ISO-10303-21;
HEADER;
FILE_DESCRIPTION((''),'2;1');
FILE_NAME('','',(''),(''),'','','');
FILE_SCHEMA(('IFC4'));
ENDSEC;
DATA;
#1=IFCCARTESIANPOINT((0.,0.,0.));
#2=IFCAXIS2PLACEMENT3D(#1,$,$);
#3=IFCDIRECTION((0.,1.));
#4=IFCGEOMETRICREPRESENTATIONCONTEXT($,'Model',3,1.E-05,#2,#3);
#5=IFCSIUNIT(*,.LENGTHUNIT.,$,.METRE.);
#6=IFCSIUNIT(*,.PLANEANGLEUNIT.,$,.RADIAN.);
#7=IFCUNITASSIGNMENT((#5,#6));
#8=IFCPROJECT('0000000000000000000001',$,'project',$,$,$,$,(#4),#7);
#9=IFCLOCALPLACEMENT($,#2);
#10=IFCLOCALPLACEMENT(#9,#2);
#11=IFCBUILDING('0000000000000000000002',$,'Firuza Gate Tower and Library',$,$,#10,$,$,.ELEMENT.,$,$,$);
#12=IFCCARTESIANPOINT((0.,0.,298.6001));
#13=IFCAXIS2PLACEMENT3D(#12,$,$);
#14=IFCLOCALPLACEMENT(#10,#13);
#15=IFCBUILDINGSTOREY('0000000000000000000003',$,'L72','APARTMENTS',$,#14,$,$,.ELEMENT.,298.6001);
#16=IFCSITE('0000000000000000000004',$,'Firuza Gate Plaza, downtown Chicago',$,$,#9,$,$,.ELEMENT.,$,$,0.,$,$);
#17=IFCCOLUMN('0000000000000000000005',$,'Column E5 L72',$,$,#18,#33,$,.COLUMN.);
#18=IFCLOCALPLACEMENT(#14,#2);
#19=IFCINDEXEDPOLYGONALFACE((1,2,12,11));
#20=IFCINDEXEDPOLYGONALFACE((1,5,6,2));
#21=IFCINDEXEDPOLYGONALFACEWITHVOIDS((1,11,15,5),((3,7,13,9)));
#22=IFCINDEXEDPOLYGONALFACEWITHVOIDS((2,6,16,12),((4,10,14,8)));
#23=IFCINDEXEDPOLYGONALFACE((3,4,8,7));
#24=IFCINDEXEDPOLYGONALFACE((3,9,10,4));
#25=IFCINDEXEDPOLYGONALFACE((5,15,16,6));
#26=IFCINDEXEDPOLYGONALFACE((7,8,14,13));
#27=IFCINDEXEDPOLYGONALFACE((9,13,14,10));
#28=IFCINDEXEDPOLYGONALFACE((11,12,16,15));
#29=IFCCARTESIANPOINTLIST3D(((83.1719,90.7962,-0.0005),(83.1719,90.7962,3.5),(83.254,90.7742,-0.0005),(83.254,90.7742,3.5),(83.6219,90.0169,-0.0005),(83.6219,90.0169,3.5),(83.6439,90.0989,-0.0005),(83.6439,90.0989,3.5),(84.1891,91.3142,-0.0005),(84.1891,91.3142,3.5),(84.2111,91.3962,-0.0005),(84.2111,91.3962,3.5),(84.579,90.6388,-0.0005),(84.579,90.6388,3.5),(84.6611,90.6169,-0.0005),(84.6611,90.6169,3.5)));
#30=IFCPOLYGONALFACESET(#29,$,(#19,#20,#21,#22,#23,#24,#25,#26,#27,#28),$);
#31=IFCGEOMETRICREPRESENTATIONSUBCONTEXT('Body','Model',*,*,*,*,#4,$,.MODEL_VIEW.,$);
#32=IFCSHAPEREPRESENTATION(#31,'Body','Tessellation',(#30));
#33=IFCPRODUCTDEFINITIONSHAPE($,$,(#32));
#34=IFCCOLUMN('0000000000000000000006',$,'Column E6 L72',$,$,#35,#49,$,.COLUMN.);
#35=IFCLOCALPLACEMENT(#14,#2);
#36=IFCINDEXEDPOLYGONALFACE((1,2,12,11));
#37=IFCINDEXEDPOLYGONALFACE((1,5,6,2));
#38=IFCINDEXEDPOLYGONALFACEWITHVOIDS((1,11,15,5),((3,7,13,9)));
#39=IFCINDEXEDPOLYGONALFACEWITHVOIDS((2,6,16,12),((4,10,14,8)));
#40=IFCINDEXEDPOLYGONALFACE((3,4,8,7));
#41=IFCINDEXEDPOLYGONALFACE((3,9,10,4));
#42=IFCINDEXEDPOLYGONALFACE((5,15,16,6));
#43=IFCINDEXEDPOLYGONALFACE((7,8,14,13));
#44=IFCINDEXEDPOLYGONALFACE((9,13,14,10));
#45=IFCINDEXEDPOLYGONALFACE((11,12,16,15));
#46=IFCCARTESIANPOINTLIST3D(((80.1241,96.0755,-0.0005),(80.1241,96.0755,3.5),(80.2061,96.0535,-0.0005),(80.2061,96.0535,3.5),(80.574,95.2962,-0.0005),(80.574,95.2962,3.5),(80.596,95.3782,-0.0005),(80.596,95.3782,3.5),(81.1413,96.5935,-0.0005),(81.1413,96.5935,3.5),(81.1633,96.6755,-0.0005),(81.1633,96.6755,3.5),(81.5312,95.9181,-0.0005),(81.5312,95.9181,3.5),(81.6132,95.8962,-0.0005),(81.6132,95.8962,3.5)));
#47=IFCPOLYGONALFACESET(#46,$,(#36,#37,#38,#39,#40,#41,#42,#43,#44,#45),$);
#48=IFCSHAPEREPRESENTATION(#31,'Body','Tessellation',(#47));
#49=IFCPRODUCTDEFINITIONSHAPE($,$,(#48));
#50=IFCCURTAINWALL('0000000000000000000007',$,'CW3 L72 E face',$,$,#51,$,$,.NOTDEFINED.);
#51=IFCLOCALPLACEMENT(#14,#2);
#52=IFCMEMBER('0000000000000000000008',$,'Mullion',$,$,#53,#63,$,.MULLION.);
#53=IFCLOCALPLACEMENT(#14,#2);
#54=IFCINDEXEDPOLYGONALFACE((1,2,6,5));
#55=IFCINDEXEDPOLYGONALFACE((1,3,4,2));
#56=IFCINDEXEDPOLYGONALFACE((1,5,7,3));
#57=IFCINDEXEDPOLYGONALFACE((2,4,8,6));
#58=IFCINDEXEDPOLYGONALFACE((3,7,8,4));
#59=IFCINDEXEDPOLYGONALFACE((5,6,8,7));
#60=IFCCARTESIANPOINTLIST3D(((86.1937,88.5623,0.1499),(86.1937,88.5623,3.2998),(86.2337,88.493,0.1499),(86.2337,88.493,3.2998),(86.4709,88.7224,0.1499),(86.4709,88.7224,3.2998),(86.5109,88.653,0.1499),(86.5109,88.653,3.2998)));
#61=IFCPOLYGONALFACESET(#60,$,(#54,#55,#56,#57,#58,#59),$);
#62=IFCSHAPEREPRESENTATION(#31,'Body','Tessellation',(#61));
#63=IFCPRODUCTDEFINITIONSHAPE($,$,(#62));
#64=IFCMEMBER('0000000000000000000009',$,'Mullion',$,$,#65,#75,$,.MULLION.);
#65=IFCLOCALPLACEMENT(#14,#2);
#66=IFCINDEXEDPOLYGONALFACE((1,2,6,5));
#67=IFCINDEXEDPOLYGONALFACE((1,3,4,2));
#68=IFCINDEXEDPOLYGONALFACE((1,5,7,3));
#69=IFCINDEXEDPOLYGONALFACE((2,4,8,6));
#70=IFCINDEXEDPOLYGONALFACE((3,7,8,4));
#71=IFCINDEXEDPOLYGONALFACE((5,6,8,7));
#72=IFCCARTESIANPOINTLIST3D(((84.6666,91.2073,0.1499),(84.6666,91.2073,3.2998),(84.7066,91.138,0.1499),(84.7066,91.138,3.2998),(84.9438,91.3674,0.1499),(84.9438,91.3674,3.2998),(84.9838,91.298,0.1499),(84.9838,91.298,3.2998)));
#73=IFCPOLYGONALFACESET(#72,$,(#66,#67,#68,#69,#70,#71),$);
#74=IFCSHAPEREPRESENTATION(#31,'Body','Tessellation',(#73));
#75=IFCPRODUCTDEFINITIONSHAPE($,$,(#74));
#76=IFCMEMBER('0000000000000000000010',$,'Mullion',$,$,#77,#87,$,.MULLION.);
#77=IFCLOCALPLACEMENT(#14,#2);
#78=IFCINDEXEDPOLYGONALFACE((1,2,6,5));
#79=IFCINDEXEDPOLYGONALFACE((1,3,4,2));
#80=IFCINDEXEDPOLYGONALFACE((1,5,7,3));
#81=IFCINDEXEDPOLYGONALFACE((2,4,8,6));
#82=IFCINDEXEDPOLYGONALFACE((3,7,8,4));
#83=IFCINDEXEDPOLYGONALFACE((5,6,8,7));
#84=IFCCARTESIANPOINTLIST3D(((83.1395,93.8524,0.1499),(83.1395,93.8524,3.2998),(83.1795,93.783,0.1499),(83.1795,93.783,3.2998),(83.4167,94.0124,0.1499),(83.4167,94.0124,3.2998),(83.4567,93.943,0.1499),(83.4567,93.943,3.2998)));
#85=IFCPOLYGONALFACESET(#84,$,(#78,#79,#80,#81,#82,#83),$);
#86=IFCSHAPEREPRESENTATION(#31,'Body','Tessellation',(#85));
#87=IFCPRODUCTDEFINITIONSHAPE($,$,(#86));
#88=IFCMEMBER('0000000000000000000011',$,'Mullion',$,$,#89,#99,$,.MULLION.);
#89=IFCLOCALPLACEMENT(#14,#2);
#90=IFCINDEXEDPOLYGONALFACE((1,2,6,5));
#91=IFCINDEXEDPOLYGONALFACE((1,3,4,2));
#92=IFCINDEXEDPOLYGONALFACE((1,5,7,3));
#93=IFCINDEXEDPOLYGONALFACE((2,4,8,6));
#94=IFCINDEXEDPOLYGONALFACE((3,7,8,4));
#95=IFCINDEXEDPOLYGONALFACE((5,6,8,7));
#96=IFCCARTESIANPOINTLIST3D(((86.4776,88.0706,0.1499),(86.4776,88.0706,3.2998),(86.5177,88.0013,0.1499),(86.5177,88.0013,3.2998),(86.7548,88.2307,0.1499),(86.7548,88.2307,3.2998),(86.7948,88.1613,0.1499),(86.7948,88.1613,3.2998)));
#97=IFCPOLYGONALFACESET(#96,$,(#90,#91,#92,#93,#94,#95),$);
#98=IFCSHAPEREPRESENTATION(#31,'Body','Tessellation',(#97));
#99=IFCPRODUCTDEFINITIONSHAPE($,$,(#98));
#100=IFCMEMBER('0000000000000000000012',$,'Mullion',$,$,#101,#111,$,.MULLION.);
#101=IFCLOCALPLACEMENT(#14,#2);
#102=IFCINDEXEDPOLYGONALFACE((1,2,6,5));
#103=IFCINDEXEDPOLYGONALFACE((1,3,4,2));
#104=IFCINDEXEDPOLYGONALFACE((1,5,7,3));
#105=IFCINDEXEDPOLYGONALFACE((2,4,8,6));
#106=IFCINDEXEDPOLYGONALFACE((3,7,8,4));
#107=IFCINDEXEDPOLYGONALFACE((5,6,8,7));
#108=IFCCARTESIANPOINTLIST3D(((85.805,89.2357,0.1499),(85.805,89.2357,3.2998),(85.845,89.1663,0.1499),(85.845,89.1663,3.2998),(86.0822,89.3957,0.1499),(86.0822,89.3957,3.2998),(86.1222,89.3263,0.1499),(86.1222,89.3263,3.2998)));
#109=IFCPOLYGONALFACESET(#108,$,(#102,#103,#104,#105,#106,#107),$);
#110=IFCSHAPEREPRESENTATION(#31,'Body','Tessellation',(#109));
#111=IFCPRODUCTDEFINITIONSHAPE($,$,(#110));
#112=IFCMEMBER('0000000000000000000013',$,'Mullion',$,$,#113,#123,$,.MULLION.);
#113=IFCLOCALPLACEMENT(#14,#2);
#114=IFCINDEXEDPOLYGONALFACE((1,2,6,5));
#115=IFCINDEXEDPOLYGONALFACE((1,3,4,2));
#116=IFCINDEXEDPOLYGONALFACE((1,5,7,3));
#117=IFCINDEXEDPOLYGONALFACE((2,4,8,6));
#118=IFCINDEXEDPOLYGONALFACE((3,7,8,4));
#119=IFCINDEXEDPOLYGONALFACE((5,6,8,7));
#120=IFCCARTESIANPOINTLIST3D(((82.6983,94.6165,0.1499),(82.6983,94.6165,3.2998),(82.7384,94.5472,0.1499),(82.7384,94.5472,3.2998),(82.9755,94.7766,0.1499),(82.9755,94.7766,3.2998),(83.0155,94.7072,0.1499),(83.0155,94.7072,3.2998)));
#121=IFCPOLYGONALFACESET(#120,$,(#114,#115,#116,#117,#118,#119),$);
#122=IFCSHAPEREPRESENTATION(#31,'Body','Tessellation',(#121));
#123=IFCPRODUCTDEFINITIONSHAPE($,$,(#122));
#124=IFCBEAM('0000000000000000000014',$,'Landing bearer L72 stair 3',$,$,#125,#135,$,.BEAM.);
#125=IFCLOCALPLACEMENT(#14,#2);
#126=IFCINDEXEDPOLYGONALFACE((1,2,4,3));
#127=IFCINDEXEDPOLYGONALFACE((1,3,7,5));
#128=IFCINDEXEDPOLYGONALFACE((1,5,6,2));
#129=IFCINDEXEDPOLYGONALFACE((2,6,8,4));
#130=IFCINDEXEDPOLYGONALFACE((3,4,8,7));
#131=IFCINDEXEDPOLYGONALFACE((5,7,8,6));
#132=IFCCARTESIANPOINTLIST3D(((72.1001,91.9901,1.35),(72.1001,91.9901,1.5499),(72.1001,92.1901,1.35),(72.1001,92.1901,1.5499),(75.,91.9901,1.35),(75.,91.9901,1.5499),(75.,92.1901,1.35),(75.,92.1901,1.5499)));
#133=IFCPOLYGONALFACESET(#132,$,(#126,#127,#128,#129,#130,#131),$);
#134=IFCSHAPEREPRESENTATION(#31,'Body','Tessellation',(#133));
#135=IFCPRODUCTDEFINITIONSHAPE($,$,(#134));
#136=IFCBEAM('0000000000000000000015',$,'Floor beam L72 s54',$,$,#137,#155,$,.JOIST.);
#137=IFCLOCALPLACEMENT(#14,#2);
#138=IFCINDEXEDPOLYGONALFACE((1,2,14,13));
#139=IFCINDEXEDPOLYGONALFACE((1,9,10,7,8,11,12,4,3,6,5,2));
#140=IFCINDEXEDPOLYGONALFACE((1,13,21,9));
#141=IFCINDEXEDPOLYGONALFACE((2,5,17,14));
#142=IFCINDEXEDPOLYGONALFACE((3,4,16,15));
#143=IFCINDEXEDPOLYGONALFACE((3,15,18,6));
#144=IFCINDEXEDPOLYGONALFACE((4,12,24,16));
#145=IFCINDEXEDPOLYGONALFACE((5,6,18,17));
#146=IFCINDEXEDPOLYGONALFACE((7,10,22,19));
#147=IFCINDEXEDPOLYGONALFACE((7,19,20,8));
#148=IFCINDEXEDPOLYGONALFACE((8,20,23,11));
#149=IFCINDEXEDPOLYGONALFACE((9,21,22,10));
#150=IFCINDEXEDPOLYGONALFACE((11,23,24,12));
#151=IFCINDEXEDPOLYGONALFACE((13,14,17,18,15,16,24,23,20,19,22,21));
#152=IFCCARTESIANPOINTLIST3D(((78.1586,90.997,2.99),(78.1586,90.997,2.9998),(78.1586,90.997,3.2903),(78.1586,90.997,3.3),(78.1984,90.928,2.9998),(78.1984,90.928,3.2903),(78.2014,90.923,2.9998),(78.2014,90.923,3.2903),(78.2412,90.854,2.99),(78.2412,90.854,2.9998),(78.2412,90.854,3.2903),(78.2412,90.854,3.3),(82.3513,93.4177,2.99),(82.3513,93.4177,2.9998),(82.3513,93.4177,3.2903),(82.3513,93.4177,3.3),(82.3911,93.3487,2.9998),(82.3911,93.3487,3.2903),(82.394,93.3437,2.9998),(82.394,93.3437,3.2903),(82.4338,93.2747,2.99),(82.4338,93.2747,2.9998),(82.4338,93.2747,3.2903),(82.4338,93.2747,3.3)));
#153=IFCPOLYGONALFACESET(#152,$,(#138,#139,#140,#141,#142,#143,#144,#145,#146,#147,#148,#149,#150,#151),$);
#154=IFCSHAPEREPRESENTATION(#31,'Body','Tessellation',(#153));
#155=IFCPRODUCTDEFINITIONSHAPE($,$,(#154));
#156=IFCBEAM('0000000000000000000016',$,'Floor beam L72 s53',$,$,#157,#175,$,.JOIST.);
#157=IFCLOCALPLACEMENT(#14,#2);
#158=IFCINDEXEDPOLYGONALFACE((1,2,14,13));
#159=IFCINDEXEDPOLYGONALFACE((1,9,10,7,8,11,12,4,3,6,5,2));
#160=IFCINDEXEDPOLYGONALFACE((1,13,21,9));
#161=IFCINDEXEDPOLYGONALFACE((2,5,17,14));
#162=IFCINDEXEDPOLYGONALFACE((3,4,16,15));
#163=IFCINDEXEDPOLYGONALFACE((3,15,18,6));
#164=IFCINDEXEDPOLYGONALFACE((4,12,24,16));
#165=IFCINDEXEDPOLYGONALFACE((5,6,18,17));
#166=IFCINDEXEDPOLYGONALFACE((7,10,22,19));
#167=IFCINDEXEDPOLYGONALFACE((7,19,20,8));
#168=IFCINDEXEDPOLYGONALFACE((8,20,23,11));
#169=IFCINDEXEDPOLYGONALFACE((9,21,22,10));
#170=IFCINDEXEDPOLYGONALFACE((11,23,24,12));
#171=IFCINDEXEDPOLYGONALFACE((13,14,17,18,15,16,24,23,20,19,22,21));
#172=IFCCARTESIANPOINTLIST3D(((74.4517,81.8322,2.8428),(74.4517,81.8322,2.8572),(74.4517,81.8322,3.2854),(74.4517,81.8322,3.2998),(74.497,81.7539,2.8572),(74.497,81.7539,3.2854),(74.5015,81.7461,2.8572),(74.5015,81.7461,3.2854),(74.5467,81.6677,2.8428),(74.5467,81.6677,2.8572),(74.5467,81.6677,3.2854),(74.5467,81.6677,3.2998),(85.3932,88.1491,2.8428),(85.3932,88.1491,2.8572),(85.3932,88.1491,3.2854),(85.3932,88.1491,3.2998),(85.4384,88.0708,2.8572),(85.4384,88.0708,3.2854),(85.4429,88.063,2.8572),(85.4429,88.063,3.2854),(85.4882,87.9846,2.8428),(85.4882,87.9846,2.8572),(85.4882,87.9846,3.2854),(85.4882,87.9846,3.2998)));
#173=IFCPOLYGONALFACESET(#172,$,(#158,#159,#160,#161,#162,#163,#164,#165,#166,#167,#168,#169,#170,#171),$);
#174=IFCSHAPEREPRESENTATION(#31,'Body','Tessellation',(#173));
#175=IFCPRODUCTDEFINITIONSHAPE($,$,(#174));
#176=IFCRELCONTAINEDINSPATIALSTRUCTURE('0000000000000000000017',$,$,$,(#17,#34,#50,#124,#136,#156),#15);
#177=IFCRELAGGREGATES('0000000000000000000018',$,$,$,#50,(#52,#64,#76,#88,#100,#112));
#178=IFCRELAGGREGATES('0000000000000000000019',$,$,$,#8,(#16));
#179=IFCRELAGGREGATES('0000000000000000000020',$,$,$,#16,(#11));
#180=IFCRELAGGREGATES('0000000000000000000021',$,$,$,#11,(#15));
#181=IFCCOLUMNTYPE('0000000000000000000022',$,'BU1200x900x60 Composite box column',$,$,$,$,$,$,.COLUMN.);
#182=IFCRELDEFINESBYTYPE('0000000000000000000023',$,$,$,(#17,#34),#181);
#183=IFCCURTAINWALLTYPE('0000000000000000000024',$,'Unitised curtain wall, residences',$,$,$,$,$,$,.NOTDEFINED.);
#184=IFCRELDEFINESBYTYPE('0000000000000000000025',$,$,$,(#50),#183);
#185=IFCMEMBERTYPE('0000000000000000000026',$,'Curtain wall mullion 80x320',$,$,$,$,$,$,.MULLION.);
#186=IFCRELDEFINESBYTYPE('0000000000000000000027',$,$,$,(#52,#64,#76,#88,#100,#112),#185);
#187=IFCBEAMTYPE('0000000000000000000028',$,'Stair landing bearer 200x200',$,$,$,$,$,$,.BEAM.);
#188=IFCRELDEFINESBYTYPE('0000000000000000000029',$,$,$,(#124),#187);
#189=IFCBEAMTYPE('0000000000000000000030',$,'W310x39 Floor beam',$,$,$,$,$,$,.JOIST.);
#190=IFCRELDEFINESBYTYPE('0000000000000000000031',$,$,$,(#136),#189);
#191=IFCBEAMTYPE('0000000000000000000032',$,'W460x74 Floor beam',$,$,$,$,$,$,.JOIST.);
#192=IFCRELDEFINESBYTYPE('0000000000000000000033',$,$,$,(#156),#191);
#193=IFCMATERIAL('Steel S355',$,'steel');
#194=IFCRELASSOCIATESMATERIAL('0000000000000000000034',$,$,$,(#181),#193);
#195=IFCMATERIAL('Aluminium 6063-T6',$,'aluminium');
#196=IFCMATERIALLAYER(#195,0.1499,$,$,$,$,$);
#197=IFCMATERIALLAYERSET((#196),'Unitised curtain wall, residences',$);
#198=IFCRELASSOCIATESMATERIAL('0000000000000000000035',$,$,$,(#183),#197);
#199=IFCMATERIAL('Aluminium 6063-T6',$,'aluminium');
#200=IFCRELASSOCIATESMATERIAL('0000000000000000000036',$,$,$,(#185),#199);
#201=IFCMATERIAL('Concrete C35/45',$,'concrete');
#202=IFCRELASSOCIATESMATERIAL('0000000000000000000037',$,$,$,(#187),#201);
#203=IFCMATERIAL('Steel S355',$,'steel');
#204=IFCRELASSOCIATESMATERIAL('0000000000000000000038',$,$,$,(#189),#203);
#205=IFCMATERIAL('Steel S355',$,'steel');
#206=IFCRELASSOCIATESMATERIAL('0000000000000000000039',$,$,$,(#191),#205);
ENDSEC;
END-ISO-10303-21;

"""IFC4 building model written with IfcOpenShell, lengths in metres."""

from ifc_helpers import new_model, si_unit, direction, frame, origin, origin_2d, place, context, subcontext, project, spatial, rectangle, hollow_rectangle, i_section, extrude, material, layer, layer_set, material_profile, profile_set, type_object, element, aggregate, save


model = new_model("IFC4")

# Units and contexts
model_context = context("Model", 3, precision=1e-05, world=origin(), true_north=direction((0.0, 1.0)))
body_context = subcontext(model_context, "Body", "Model", "MODEL_VIEW")
ifc_project = project(units=[si_unit("LENGTHUNIT", "METRE"), si_unit("PLANEANGLEUNIT", "RADIAN")], contexts=[model_context])

# Site, building, storey
site_placement = place(None, origin())
site = spatial("IfcSite", under=ifc_project, at=site_placement, Name="Firuza Gate Plaza, downtown Chicago", CompositionType="ELEMENT", RefElevation=0.0)
building_placement = place(site_placement, origin())
building = spatial("IfcBuilding", under=site, at=building_placement, Name="Firuza Gate Tower and Library", CompositionType="ELEMENT")
storey_placement = place(building_placement, frame((0.0, 0.0, 298.6001)))
storey = spatial("IfcBuildingStorey", under=building, at=storey_placement, Name="L72", Description="APARTMENTS", CompositionType="ELEMENT", Elevation=298.6001)

# Columns
ifc_material_1 = material(Name="Steel S355", Category="steel")
ifc_material_profile_1 = material_profile(ifc_material_1, hollow_rectangle(XDim=0.8999, YDim=1.2, WallThickness=0.0601, at=origin_2d()))
ifc_profile_set_1 = profile_set([ifc_material_profile_1], Name="Steel S355")
column_type = type_object("IfcColumnType", Name="BU1200x900x60 Composite box column", PredefinedType="COLUMN", material=ifc_profile_set_1)
for number, where, z_axis, x_axis, name in (
    (1, (83.9165, 90.7065, -0.0005), (0.0, 0.0, 1.0), (-0.5, 0.866025, 0.0), "Column E5 L72"),
    (2, (80.8687, 95.9858, -0.0005), (0.0, 0.0, 1.0), (-0.5, 0.866025, 0.0), "Column E6 L72"),
):
    element("IfcColumn", number, at=place(storey_placement, frame(where, z_axis=z_axis, x_axis=x_axis)), inside=storey, type_object=column_type, Name=name, PredefinedType="COLUMN", context=body_context, shape_type="SweptSolid", body=[
        extrude(hollow_rectangle(XDim=0.8999, YDim=1.2, WallThickness=0.0601, at=origin_2d()), origin(), (0.0, 0.0, 1.0), 3.5005),
    ])

# Curtain wall, members
ifc_material_2 = material(Name="Aluminium 6063-T6", Category="aluminium")
ifc_layer_1 = layer(ifc_material_2, 0.1499)
ifc_layer_set_1 = layer_set([ifc_layer_1], Name="Unitised curtain wall, residences")
curtain_wall_type = type_object("IfcCurtainWallType", Name="Unitised curtain wall, residences", PredefinedType="NOTDEFINED", material=ifc_layer_set_1)
placement = place(storey_placement, origin())
curtain_wall = element("IfcCurtainWall", 3, at=placement, inside=storey, type_object=curtain_wall_type, Name="CW3 L72 E face", PredefinedType="NOTDEFINED")
ifc_material_3 = material(Name="Aluminium 6063-T6", Category="aluminium")
ifc_material_profile_2 = material_profile(ifc_material_3, rectangle(XDim=0.3201, YDim=0.0801, at=origin_2d()))
ifc_profile_set_2 = profile_set([ifc_material_profile_2], Name="Aluminium 6063-T6")
member_type = type_object("IfcMemberType", Name="Curtain wall mullion 80x320", PredefinedType="MULLION", material=ifc_profile_set_2)
member_1_placement = place(storey_placement, frame((86.3523, 88.6077, 0.1499), z_axis=(0.0, 0.0, 1.0), x_axis=(-0.866025, -0.5, 0.0)))
member_1 = element("IfcMember", 4, at=member_1_placement, type_object=member_type, Name="Mullion", PredefinedType="MULLION", context=body_context, shape_type="SweptSolid", body=[
    extrude(rectangle(XDim=0.3201, YDim=0.0801, at=origin_2d()), origin(), (0.0, 0.0, 1.0), 3.1499),
])
member_2_placement = place(storey_placement, frame((84.8252, 91.2527, 0.1499), z_axis=(0.0, 0.0, 1.0), x_axis=(-0.866025, -0.5, 0.0)))
member_2 = element("IfcMember", 5, at=member_2_placement, type_object=member_type, Name="Mullion", PredefinedType="MULLION", context=body_context, shape_type="SweptSolid", body=[
    extrude(rectangle(XDim=0.3201, YDim=0.0801, at=origin_2d()), origin(), (0.0, 0.0, 1.0), 3.1499),
])
member_3_placement = place(storey_placement, frame((83.2981, 93.8977, 0.1499), z_axis=(0.0, 0.0, 1.0), x_axis=(-0.866025, -0.5, 0.0)))
member_3 = element("IfcMember", 6, at=member_3_placement, type_object=member_type, Name="Mullion", PredefinedType="MULLION", context=body_context, shape_type="SweptSolid", body=[
    extrude(rectangle(XDim=0.3201, YDim=0.0801, at=origin_2d()), origin(), (0.0, 0.0, 1.0), 3.1499),
])
member_4_placement = place(storey_placement, frame((86.6362, 88.116, 0.1499), z_axis=(0.0, 0.0, 1.0), x_axis=(-0.866025, -0.5, 0.0)))
member_4 = element("IfcMember", 7, at=member_4_placement, type_object=member_type, Name="Mullion", PredefinedType="MULLION", context=body_context, shape_type="SweptSolid", body=[
    extrude(rectangle(XDim=0.3201, YDim=0.0801, at=origin_2d()), origin(), (0.0, 0.0, 1.0), 3.1499),
])
member_5_placement = place(storey_placement, frame((85.9636, 89.281, 0.1499), z_axis=(0.0, 0.0, 1.0), x_axis=(-0.866025, -0.5, 0.0)))
member_5 = element("IfcMember", 8, at=member_5_placement, type_object=member_type, Name="Mullion", PredefinedType="MULLION", context=body_context, shape_type="SweptSolid", body=[
    extrude(rectangle(XDim=0.3201, YDim=0.0801, at=origin_2d()), origin(), (0.0, 0.0, 1.0), 3.1499),
])
member_6_placement = place(storey_placement, frame((82.8569, 94.6619, 0.1499), z_axis=(0.0, 0.0, 1.0), x_axis=(-0.866025, -0.5, 0.0)))
member_6 = element("IfcMember", 9, at=member_6_placement, type_object=member_type, Name="Mullion", PredefinedType="MULLION", context=body_context, shape_type="SweptSolid", body=[
    extrude(rectangle(XDim=0.3201, YDim=0.0801, at=origin_2d()), origin(), (0.0, 0.0, 1.0), 3.1499),
])

# Beams
ifc_material_4 = material(Name="Concrete C35/45", Category="concrete")
ifc_material_profile_3 = material_profile(ifc_material_4, rectangle(XDim=0.2, YDim=0.2, at=origin_2d()))
ifc_profile_set_3 = profile_set([ifc_material_profile_3], Name="Concrete C35/45")
beam_type_1 = type_object("IfcBeamType", Name="Stair landing bearer 200x200", PredefinedType="BEAM", material=ifc_profile_set_3)
beam_1_placement = place(storey_placement, frame((75.0, 92.0901, 1.45), z_axis=(-1.0, 0.0, 0.0), x_axis=(0.0, -1.0, 0.0)))
element("IfcBeam", 10, at=beam_1_placement, inside=storey, type_object=beam_type_1, Name="Landing bearer L72 stair 3", PredefinedType="BEAM", context=body_context, shape_type="SweptSolid", body=[
    extrude(rectangle(XDim=0.2, YDim=0.2, at=origin_2d()), origin(), (0.0, 0.0, 1.0), 2.8999),
])
ifc_material_5 = material(Name="Steel S355", Category="steel")
ifc_material_profile_4 = material_profile(ifc_material_5, i_section(OverallWidth=0.165, OverallDepth=0.3101, WebThickness=0.0059, FlangeThickness=0.0098, at=origin_2d()))
ifc_profile_set_4 = profile_set([ifc_material_profile_4], Name="Steel S355")
beam_type_2 = type_object("IfcBeamType", Name="W310x39 Floor beam", PredefinedType="JOIST", material=ifc_profile_set_4)
beam_2_placement = place(storey_placement, frame((82.3926, 93.3462, 3.145), z_axis=(-0.866022, -0.500006, 0.0), x_axis=(0.500006, -0.866022, 0.0)))
element("IfcBeam", 11, at=beam_2_placement, inside=storey, type_object=beam_type_2, Name="Floor beam L72 s54", PredefinedType="JOIST", context=body_context, shape_type="SweptSolid", body=[
    extrude(i_section(OverallWidth=0.165, OverallDepth=0.3101, WebThickness=0.0059, FlangeThickness=0.0098, at=origin_2d()), origin(), (0.0, 0.0, 1.0), 4.8413),
])
ifc_material_6 = material(Name="Steel S355", Category="steel")
ifc_material_profile_5 = material_profile(ifc_material_6, i_section(OverallWidth=0.1899, OverallDepth=0.457, WebThickness=0.009, FlangeThickness=0.0144, at=origin_2d()))
ifc_profile_set_5 = profile_set([ifc_material_profile_5], Name="Steel S355")
beam_type_3 = type_object("IfcBeamType", Name="W460x74 Floor beam", PredefinedType="JOIST", material=ifc_profile_set_5)
beam_3_placement = place(storey_placement, frame((85.4407, 88.0669, 3.0713), z_axis=(-0.86603, -0.499992, 0.0), x_axis=(0.499992, -0.86603, 0.0)))
element("IfcBeam", 12, at=beam_3_placement, inside=storey, type_object=beam_type_3, Name="Floor beam L72 s53", PredefinedType="JOIST", context=body_context, shape_type="SweptSolid", body=[
    extrude(i_section(OverallWidth=0.1899, OverallDepth=0.457, WebThickness=0.009, FlangeThickness=0.0144, at=origin_2d()), origin(), (0.0, 0.0, 1.0), 12.634),
])

aggregate(curtain_wall, [member_1, member_2, member_3, member_4, member_5, member_6])

save(model, "model.ifc")
